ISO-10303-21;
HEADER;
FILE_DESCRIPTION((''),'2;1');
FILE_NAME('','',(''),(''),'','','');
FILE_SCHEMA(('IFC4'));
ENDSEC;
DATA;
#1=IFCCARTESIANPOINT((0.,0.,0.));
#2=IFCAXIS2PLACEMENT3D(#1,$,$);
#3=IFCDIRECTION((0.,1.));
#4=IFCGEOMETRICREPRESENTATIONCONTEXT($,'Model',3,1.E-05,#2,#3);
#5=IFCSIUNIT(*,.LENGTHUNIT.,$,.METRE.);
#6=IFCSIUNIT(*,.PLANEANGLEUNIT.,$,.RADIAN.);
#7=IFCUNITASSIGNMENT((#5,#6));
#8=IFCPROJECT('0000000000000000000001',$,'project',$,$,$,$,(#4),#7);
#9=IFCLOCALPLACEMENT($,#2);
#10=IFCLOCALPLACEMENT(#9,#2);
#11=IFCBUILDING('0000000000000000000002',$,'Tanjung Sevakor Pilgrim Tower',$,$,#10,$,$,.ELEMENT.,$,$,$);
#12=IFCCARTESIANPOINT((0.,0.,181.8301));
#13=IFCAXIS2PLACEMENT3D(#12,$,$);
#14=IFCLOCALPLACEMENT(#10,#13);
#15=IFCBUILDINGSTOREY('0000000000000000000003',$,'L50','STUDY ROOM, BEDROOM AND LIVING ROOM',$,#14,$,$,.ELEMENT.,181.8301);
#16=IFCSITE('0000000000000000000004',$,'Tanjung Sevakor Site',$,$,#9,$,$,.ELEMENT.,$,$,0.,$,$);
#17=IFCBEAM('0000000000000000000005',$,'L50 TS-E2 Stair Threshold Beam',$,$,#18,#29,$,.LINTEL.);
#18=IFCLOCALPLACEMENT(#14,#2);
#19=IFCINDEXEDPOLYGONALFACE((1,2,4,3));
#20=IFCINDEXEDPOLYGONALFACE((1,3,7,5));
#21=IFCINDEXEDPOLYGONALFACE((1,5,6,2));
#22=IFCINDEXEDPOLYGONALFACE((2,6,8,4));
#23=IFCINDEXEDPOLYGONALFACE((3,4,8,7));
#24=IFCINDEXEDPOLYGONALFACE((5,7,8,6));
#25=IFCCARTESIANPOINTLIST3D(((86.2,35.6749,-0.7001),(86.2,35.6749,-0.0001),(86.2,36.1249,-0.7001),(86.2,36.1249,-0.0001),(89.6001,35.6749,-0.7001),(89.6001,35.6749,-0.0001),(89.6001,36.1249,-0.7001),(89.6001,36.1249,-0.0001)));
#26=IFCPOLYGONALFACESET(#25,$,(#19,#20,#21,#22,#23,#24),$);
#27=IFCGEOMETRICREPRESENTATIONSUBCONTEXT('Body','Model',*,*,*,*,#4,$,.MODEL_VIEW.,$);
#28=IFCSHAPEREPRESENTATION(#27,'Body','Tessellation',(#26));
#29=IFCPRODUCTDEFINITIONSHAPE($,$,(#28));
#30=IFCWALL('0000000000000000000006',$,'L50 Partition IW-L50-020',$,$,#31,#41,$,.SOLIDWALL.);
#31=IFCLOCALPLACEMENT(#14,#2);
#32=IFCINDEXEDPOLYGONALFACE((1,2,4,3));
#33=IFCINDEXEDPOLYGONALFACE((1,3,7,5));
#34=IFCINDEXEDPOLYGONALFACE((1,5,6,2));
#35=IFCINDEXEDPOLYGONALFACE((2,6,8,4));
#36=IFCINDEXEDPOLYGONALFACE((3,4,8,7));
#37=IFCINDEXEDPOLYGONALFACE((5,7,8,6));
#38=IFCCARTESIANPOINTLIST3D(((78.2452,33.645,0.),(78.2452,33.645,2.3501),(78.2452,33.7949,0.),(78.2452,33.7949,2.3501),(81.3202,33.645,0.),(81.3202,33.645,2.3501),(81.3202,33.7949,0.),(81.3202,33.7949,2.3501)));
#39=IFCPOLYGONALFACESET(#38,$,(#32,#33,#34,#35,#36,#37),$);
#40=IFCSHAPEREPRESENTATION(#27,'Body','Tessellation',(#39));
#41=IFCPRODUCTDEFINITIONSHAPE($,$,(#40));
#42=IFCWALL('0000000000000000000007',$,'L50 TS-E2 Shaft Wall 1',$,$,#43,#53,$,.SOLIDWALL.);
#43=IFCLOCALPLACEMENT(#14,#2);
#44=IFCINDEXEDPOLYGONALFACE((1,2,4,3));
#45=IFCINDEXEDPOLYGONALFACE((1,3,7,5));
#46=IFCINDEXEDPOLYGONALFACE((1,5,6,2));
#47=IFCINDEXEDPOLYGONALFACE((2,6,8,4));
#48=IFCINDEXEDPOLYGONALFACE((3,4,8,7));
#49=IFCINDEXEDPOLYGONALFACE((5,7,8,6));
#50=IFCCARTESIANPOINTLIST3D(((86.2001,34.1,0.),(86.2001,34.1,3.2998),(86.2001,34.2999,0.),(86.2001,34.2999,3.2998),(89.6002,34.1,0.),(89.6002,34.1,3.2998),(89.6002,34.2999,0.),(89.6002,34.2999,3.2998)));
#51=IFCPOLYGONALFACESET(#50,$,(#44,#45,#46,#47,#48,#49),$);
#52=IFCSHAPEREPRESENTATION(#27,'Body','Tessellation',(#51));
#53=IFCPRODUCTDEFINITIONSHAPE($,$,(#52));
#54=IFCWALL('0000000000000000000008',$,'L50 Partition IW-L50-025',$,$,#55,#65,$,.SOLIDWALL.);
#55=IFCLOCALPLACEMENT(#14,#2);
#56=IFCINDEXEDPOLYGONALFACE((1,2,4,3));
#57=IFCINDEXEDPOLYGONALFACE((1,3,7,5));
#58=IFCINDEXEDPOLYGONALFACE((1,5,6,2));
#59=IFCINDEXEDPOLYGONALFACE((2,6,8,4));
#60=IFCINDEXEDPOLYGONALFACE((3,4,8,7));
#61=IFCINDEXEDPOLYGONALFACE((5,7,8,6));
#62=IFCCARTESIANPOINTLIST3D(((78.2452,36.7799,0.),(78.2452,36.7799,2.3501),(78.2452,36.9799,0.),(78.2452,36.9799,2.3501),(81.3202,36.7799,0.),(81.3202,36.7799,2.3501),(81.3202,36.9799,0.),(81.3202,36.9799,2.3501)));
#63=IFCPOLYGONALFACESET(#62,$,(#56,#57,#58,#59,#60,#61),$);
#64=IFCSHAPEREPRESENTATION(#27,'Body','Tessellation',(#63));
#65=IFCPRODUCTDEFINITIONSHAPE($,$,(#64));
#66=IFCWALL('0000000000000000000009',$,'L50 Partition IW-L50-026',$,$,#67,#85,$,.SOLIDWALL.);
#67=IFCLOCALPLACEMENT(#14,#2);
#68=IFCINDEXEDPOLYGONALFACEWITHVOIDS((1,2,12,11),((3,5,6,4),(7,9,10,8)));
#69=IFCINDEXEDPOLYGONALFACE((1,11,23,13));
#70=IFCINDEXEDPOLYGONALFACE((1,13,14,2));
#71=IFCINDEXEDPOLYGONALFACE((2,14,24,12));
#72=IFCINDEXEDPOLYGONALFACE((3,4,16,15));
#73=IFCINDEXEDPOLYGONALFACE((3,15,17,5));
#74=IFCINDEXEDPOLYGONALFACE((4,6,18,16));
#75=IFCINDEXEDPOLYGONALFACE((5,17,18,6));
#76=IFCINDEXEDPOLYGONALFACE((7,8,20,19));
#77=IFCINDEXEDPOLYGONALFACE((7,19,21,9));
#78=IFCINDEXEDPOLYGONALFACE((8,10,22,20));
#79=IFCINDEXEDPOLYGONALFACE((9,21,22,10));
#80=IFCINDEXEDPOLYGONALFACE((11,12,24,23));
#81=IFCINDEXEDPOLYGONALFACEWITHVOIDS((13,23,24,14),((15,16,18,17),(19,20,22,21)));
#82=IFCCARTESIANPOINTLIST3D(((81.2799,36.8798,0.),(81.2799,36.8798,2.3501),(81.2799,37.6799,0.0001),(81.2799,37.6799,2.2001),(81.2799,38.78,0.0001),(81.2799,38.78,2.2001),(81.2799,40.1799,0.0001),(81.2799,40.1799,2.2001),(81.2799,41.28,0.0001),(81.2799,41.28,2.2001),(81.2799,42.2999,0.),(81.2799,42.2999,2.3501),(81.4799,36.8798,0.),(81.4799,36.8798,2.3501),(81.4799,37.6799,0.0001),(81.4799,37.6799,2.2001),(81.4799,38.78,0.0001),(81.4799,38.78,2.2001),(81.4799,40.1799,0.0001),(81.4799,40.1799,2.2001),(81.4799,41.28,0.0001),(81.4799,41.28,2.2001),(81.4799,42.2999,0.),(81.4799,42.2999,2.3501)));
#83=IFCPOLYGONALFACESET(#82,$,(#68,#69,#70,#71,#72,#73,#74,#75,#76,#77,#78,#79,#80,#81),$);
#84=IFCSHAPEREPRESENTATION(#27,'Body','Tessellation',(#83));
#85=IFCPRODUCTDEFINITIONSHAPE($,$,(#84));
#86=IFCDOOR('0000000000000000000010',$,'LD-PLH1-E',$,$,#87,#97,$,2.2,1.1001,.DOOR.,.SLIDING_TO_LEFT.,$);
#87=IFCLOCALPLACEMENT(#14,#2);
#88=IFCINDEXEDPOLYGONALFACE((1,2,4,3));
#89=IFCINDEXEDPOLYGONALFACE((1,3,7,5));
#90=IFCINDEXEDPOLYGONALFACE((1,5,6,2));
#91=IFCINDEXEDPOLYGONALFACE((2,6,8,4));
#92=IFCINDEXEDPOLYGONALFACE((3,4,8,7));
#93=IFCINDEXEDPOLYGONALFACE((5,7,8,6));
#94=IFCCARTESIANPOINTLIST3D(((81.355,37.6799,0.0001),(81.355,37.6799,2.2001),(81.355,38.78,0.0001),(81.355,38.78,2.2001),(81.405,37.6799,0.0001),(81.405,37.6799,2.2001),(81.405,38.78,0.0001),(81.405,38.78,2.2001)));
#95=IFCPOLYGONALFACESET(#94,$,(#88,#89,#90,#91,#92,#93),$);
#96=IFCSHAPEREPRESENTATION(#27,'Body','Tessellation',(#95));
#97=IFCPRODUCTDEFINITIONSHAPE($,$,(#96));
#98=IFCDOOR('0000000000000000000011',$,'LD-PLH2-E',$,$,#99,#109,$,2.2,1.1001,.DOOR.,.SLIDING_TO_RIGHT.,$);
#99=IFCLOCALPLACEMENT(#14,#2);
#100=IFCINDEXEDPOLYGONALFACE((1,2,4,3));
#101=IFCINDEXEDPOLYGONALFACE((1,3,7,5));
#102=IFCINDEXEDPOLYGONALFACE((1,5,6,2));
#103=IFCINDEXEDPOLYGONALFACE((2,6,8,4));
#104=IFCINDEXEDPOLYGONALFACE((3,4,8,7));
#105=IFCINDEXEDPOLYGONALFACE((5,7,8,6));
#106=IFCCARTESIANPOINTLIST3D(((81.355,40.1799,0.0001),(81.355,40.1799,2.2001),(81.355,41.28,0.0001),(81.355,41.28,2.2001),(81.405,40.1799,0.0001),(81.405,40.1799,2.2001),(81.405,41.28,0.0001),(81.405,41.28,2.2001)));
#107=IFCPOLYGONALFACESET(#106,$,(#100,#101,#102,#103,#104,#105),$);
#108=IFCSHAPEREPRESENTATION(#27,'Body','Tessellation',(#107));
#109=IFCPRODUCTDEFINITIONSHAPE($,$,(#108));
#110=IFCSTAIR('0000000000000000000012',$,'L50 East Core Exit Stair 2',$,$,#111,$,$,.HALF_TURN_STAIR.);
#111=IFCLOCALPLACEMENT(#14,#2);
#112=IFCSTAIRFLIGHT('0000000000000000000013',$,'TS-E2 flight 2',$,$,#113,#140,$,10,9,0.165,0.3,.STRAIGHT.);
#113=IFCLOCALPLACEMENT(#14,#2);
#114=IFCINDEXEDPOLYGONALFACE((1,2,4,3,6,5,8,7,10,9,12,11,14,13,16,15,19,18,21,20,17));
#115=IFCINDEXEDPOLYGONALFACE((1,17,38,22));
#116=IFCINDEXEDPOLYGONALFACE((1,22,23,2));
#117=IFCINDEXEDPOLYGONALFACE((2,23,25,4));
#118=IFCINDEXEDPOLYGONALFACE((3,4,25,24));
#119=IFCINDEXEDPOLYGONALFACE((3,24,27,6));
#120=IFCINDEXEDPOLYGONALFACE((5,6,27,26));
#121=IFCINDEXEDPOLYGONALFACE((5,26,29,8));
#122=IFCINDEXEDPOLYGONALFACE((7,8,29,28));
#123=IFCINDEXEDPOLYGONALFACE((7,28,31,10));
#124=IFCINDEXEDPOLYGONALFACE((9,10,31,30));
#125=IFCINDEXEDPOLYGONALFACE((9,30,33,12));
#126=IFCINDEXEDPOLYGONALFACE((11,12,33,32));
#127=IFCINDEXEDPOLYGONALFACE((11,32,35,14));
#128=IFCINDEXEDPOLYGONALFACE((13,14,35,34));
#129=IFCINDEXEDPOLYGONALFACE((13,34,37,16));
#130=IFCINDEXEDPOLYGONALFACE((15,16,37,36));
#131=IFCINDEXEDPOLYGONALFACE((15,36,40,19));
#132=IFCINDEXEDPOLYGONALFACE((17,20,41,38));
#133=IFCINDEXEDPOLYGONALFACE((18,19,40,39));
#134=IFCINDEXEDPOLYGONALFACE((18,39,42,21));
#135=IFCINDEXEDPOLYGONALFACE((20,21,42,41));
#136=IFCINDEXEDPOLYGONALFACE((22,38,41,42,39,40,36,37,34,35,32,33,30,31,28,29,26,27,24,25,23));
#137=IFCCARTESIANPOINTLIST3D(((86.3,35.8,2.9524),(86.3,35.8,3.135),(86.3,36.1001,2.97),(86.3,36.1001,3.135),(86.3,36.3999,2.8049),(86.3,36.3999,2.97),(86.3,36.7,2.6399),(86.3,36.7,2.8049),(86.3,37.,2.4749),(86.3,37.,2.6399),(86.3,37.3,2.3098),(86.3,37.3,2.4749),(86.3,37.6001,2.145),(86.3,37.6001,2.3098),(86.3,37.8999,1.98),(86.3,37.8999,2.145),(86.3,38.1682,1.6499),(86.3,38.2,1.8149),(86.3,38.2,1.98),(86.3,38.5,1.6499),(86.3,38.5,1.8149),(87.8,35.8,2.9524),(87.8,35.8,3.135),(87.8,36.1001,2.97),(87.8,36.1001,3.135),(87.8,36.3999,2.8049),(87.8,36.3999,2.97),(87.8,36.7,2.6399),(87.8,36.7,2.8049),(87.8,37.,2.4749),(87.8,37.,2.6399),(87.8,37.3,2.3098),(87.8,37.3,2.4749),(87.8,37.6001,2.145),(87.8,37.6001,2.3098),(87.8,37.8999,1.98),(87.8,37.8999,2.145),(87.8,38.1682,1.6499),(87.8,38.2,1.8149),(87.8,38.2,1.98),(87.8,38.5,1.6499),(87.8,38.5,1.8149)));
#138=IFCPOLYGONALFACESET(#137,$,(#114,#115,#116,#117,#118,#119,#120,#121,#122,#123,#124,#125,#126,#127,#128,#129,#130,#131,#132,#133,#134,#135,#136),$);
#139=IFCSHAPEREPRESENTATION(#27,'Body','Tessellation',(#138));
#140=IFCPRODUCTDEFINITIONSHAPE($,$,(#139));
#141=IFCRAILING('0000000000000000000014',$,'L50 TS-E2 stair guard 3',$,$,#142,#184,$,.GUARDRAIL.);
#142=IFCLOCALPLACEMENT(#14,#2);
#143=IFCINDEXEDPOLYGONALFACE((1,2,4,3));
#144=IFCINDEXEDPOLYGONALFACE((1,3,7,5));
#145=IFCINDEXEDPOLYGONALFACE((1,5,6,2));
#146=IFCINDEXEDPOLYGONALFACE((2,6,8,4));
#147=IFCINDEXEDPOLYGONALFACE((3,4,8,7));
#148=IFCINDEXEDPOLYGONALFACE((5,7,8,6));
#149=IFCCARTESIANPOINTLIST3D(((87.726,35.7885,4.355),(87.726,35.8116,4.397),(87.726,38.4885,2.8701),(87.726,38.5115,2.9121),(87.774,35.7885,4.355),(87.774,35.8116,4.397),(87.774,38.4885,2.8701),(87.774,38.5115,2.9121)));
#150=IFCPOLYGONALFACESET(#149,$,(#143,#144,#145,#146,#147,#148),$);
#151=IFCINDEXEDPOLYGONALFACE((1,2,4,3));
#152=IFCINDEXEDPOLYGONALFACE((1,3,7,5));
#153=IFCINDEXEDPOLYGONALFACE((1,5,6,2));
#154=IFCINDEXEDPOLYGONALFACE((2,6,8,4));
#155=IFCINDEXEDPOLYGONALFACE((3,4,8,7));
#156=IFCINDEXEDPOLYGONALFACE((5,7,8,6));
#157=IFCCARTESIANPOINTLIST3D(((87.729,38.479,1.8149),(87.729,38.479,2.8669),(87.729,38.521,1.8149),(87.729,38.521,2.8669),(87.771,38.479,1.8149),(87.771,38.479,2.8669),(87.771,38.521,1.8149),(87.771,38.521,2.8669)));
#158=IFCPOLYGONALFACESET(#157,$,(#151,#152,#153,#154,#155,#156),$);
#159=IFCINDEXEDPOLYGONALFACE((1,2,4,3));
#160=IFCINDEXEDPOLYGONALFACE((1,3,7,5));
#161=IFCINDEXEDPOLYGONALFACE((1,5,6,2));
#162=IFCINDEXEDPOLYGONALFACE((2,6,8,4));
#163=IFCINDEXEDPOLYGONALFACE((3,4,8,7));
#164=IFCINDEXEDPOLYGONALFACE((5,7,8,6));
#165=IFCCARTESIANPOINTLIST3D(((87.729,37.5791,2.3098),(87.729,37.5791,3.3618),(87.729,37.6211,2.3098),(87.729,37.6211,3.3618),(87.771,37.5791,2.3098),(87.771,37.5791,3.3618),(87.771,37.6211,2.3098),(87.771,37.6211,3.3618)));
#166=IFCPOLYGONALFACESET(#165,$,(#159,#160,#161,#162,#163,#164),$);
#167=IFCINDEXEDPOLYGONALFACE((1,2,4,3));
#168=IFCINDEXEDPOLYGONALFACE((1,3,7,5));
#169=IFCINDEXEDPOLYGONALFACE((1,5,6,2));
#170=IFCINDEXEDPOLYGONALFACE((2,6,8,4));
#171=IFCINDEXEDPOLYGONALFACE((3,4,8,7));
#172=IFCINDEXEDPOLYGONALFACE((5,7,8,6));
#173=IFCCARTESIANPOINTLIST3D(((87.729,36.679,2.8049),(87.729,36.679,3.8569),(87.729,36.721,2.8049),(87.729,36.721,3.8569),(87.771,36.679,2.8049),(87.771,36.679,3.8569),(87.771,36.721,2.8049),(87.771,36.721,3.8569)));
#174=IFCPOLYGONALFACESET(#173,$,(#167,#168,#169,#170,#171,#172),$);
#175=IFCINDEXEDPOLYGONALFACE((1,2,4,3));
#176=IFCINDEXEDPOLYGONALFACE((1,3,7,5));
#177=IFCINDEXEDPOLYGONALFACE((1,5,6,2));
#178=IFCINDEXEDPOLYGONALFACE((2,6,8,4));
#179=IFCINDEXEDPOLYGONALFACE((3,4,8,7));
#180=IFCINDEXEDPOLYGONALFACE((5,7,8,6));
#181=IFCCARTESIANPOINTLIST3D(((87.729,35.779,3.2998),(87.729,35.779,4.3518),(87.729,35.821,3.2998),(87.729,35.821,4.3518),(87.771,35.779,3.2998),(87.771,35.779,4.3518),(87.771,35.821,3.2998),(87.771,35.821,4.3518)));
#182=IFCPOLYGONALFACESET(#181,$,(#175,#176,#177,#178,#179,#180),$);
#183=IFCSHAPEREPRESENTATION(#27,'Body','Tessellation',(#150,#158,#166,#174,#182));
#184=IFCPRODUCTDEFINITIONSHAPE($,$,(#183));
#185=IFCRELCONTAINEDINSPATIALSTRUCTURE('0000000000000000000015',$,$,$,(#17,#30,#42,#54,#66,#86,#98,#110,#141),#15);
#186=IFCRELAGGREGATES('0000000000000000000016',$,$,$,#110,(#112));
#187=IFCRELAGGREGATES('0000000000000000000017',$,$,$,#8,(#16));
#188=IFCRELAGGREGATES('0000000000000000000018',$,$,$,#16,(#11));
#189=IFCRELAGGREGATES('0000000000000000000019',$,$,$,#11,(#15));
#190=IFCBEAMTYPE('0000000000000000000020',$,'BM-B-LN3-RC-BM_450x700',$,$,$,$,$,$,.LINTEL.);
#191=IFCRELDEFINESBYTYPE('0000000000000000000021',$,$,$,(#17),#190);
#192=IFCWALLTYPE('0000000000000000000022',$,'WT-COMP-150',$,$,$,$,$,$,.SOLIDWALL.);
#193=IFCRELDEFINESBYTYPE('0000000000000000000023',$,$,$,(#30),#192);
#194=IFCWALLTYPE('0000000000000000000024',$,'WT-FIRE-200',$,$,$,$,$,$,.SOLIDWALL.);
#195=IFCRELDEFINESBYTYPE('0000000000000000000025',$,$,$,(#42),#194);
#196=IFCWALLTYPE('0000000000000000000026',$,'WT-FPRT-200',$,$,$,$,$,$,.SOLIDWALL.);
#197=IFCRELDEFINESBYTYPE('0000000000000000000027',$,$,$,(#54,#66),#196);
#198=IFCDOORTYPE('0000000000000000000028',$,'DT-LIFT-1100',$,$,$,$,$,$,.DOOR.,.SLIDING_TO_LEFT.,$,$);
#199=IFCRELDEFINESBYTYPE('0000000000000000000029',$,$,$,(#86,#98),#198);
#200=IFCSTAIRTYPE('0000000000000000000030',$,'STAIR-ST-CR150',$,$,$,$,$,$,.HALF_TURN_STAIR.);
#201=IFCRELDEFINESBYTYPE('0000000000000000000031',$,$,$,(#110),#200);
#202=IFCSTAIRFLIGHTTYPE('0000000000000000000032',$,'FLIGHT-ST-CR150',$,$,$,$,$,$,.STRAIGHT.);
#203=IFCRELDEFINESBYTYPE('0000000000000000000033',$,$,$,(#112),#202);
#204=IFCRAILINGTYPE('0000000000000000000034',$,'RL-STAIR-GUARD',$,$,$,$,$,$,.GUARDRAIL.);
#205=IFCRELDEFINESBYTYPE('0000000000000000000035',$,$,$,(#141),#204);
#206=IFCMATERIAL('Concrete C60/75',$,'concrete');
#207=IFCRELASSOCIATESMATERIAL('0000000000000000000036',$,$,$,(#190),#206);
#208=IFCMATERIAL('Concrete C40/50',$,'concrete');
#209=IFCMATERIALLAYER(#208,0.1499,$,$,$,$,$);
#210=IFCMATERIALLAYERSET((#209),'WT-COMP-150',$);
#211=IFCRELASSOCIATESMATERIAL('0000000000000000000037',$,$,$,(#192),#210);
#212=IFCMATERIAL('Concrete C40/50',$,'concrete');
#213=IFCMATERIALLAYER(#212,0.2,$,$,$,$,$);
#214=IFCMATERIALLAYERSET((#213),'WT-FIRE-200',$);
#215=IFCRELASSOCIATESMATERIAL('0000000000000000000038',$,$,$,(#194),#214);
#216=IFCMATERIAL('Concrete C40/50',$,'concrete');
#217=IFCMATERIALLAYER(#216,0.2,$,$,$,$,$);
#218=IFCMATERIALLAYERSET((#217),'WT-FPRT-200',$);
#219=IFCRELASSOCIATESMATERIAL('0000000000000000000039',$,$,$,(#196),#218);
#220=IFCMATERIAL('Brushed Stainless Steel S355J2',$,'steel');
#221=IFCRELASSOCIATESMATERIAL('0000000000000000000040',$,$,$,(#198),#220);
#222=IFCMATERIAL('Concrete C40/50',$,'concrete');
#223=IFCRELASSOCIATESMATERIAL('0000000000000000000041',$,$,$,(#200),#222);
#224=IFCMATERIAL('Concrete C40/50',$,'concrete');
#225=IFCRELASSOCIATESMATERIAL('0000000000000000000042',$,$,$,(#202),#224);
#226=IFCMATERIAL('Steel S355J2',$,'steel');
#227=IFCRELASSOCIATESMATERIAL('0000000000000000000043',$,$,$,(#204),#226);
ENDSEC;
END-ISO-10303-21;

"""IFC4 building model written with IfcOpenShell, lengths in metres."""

from ifc_helpers import new_model, si_unit, direction, frame, frame_2d, origin, origin_2d, place, context, subcontext, project, spatial, polyline, rectangle, outline, extrude, material, layer, layer_set, material_profile, profile_set, type_object, element, fill, aggregate, save


model = new_model("IFC4")

# Units and contexts
model_context = context("Model", 3, precision=1e-05, world=origin(), true_north=direction((0.0, 1.0)))
body_context = subcontext(model_context, "Body", "Model", "MODEL_VIEW")
ifc_project = project(units=[si_unit("LENGTHUNIT", "METRE"), si_unit("PLANEANGLEUNIT", "RADIAN")], contexts=[model_context])

# Site, building, storey
site_placement = place(None, origin())
site = spatial("IfcSite", under=ifc_project, at=site_placement, Name="Tanjung Sevakor Site", CompositionType="ELEMENT", RefElevation=0.0)
building_placement = place(site_placement, origin())
building = spatial("IfcBuilding", under=site, at=building_placement, Name="Tanjung Sevakor Pilgrim Tower", CompositionType="ELEMENT")
storey_placement = place(building_placement, frame((0.0, 0.0, 181.8301)))
storey = spatial("IfcBuildingStorey", under=building, at=storey_placement, Name="L50", Description="STUDY ROOM, BEDROOM AND LIVING ROOM", CompositionType="ELEMENT", Elevation=181.8301)

# Beam
ifc_material_1 = material(Name="Concrete C60/75", Category="concrete")
ifc_material_profile = material_profile(ifc_material_1, rectangle(XDim=0.45, YDim=0.7, at=origin_2d()))
ifc_profile_set = profile_set([ifc_material_profile], Name="Concrete C60/75")
beam_type = type_object("IfcBeamType", Name="BM-B-LN3-RC-BM_450x700", PredefinedType="LINTEL", material=ifc_profile_set)
beam_placement = place(storey_placement, frame((86.2, 35.8999, -0.3501), z_axis=(1.0, 0.0, 0.0), x_axis=(0.0, 1.0, 0.0)))
element("IfcBeam", 1, at=beam_placement, inside=storey, type_object=beam_type, Name="L50 TS-E2 Stair Threshold Beam", PredefinedType="LINTEL", context=body_context, shape_type="SweptSolid", body=[
    extrude(rectangle(XDim=0.45, YDim=0.7, at=origin_2d()), origin(), (0.0, 0.0, 1.0), 3.4001),
])

# Wall
ifc_material_2 = material(Name="Concrete C40/50", Category="concrete")
ifc_layer_1 = layer(ifc_material_2, 0.1499)
ifc_layer_set_1 = layer_set([ifc_layer_1], Name="WT-COMP-150")
wall_type_1 = type_object("IfcWallType", Name="WT-COMP-150", PredefinedType="SOLIDWALL", material=ifc_layer_set_1)
wall_1_placement = place(storey_placement, frame((78.2451, 33.72, 0.0), z_axis=(0.0, 0.0, 1.0), x_axis=(1.0, 0.0, 0.0)))
element("IfcWall", 2, at=wall_1_placement, inside=storey, type_object=wall_type_1, Name="L50 Partition IW-L50-020", PredefinedType="SOLIDWALL", context=body_context, shape_type="SweptSolid", body=[
    extrude(rectangle(XDim=3.075, YDim=0.1499, at=frame_2d((1.5376, 0.0))), origin(), (0.0, 0.0, 1.0), 2.3501),
])

# Walls
ifc_material_3 = material(Name="Concrete C40/50", Category="concrete")
ifc_layer_2 = layer(ifc_material_3, 0.2)
ifc_layer_set_2 = layer_set([ifc_layer_2], Name="WT-FIRE-200")
wall_type_2 = type_object("IfcWallType", Name="WT-FIRE-200", PredefinedType="SOLIDWALL", material=ifc_layer_set_2)
wall_2_placement = place(storey_placement, frame((86.2, 34.2, 0.0), z_axis=(0.0, 0.0, 1.0), x_axis=(1.0, 0.0, 0.0)))
element("IfcWall", 3, at=wall_2_placement, inside=storey, type_object=wall_type_2, Name="L50 TS-E2 Shaft Wall 1", PredefinedType="SOLIDWALL", context=body_context, shape_type="SweptSolid", body=[
    extrude(rectangle(XDim=3.4001, YDim=0.2, at=frame_2d((1.7002, 0.0))), origin(), (0.0, 0.0, 1.0), 3.2998),
])
ifc_material_4 = material(Name="Concrete C40/50", Category="concrete")
ifc_layer_3 = layer(ifc_material_4, 0.2)
ifc_layer_set_3 = layer_set([ifc_layer_3], Name="WT-FPRT-200")
wall_type_3 = type_object("IfcWallType", Name="WT-FPRT-200", PredefinedType="SOLIDWALL", material=ifc_layer_set_3)
wall_3_placement = place(storey_placement, frame((78.2451, 36.8799, 0.0), z_axis=(0.0, 0.0, 1.0), x_axis=(1.0, 0.0, 0.0)))
element("IfcWall", 4, at=wall_3_placement, inside=storey, type_object=wall_type_3, Name="L50 Partition IW-L50-025", PredefinedType="SOLIDWALL", context=body_context, shape_type="SweptSolid", body=[
    extrude(rectangle(XDim=3.075, YDim=0.2, at=frame_2d((1.5376, 0.0))), origin(), (0.0, 0.0, 1.0), 2.3501),
])

# Wall, openings, doors
wall_4_placement = place(storey_placement, frame((81.3799, 36.8799, 0.0), z_axis=(0.0, 0.0, 1.0), x_axis=(0.0, 1.0, 0.0)))
wall_4 = element("IfcWall", 5, at=wall_4_placement, inside=storey, type_object=wall_type_3, Name="L50 Partition IW-L50-026", PredefinedType="SOLIDWALL", context=body_context, shape_type="SweptSolid", body=[
    extrude(rectangle(XDim=5.4202, YDim=0.2, at=frame_2d((2.71, 0.0))), origin(), (0.0, 0.0, 1.0), 2.3501),
])
opening_1_placement = place(wall_4_placement, frame((0.8, 0.0, 0.0)))
opening_1 = element("IfcOpeningElement", 6, at=opening_1_placement, cuts=wall_4, PredefinedType="OPENING", context=body_context, shape_type="SweptSolid", body=[
    extrude(rectangle(XDim=1.1001, YDim=2.2, at=frame_2d((0.55, 1.1001))), frame((0.0, 0.1099, 0.0), z_axis=(0.0, -1.0, 0.0), x_axis=(1.0, 0.0, 0.0)), (0.0, 0.0, 1.0), 0.22),
])
opening_2_placement = place(wall_4_placement, frame((3.3, 0.0, 0.0)))
opening_2 = element("IfcOpeningElement", 7, at=opening_2_placement, cuts=wall_4, PredefinedType="OPENING", context=body_context, shape_type="SweptSolid", body=[
    extrude(rectangle(XDim=1.1001, YDim=2.2, at=frame_2d((0.55, 1.1001))), frame((0.0, 0.1099, 0.0), z_axis=(0.0, -1.0, 0.0), x_axis=(1.0, 0.0, 0.0)), (0.0, 0.0, 1.0), 0.22),
])
ifc_material_5 = material(Name="Brushed Stainless Steel S355J2", Category="steel")
door_type_1 = type_object("IfcDoorType", Name="DT-LIFT-1100", OperationType="SLIDING_TO_LEFT", PredefinedType="DOOR", material=ifc_material_5)
door_1_placement = place(opening_1_placement, origin())
door_1 = element("IfcDoor", 8, at=door_1_placement, inside=storey, type_object=door_type_1, Name="LD-PLH1-E", OperationType="SLIDING_TO_LEFT", OverallHeight=2.2, OverallWidth=1.1001, PredefinedType="DOOR", context=body_context, shape_type="SweptSolid", body=[
    extrude(rectangle(XDim=1.1001, YDim=2.2, at=frame_2d((0.55, 1.1001))), frame((0.0, 0.0249, 0.0), z_axis=(0.0, -1.0, 0.0), x_axis=(1.0, 0.0, 0.0)), (0.0, 0.0, 1.0), 0.05),
])
fill(opening_1, door_1)
door_2_placement = place(opening_2_placement, origin())
door_2 = element("IfcDoor", 9, at=door_2_placement, inside=storey, type_object=door_type_1, Name="LD-PLH2-E", OperationType="SLIDING_TO_RIGHT", OverallHeight=2.2, OverallWidth=1.1001, PredefinedType="DOOR", context=body_context, shape_type="SweptSolid", body=[
    extrude(rectangle(XDim=1.1001, YDim=2.2, at=frame_2d((0.55, 1.1001))), frame((0.0, 0.0249, 0.0), z_axis=(0.0, -1.0, 0.0), x_axis=(1.0, 0.0, 0.0)), (0.0, 0.0, 1.0), 0.05),
])
fill(opening_2, door_2)

# Stair, stair flight
ifc_material_6 = material(Name="Concrete C40/50", Category="concrete")
stair_type = type_object("IfcStairType", Name="STAIR-ST-CR150", PredefinedType="HALF_TURN_STAIR", material=ifc_material_6)
stair_placement = place(storey_placement, origin())
stair = element("IfcStair", 10, at=stair_placement, inside=storey, type_object=stair_type, Name="L50 East Core Exit Stair 2", PredefinedType="HALF_TURN_STAIR")
ifc_material_7 = material(Name="Concrete C40/50", Category="concrete")
stair_flight_type = type_object("IfcStairFlightType", Name="FLIGHT-ST-CR150", PredefinedType="STRAIGHT", material=ifc_material_7)
stair_flight_placement = place(storey_placement, frame((87.05, 38.5, 1.6499), z_axis=(0.0, 0.0, 1.0), x_axis=(0.0, -1.0, 0.0)))
stair_flight = element("IfcStairFlight", 11, at=stair_flight_placement, type_object=stair_flight_type, Name="TS-E2 flight 2", NumberOfRisers=10, NumberOfTreads=9, PredefinedType="STRAIGHT", RiserHeight=0.165, TreadLength=0.3, context=body_context, shape_type="SweptSolid", body=[
    extrude(outline(polyline([(0.0, 0.0), (0.0, 0.165), (0.3, 0.165), (0.3, 0.3301), (0.6001, 0.3301), (0.6001, 0.4951), (0.8999, 0.4951), (0.8999, 0.6599), (1.2, 0.6599), (1.2, 0.825), (1.5, 0.825), (1.5, 0.99), (1.8, 0.99), (1.8, 1.155), (2.1001, 1.155), (2.1001, 1.3201), (2.3999, 1.3201), (2.3999, 1.4851), (2.7, 1.4851), (2.7, 1.6499), (2.7, 1.3025), (0.3318, 0.0), (0.0, 0.0)])), frame((0.0, 0.75, 0.0), z_axis=(0.0, -1.0, 0.0), x_axis=(1.0, 0.0, 0.0)), (0.0, 0.0, 1.0), 1.5),
])
aggregate(stair, [stair_flight])

# Railing
ifc_material_8 = material(Name="Steel S355J2", Category="steel")
railing_type_1 = type_object("IfcRailingType", Name="RL-STAIR-GUARD", PredefinedType="GUARDRAIL", material=ifc_material_8)
railing_1_placement = place(storey_placement, frame((87.75, 38.5, 1.8149)))
element("IfcRailing", 12, at=railing_1_placement, inside=storey, type_object=railing_type_1, Name="L50 TS-E2 stair guard 3", PredefinedType="GUARDRAIL", context=body_context, shape_type="SweptSolid", body=[
    extrude(rectangle(XDim=0.0479, YDim=0.0479), frame((0.0, 0.0, 1.0762), z_axis=(0.0, -0.876231, 0.481891), x_axis=(1.0, 0.0, 0.0)), (0.0, 0.0, 1.0), 3.0813),
    extrude(rectangle(XDim=0.042, YDim=0.042), origin(), (0.0, 0.0, 1.0), 1.052),
    extrude(rectangle(XDim=0.042, YDim=0.042), frame((0.0, -0.8999, 0.4949)), (0.0, 0.0, 1.0), 1.052),
    extrude(rectangle(XDim=0.042, YDim=0.042), frame((0.0, -1.8, 0.99)), (0.0, 0.0, 1.0), 1.052),
    extrude(rectangle(XDim=0.042, YDim=0.042), frame((0.0, -2.7, 1.4849)), (0.0, 0.0, 1.0), 1.052),
])

save(model, "model.ifc")
